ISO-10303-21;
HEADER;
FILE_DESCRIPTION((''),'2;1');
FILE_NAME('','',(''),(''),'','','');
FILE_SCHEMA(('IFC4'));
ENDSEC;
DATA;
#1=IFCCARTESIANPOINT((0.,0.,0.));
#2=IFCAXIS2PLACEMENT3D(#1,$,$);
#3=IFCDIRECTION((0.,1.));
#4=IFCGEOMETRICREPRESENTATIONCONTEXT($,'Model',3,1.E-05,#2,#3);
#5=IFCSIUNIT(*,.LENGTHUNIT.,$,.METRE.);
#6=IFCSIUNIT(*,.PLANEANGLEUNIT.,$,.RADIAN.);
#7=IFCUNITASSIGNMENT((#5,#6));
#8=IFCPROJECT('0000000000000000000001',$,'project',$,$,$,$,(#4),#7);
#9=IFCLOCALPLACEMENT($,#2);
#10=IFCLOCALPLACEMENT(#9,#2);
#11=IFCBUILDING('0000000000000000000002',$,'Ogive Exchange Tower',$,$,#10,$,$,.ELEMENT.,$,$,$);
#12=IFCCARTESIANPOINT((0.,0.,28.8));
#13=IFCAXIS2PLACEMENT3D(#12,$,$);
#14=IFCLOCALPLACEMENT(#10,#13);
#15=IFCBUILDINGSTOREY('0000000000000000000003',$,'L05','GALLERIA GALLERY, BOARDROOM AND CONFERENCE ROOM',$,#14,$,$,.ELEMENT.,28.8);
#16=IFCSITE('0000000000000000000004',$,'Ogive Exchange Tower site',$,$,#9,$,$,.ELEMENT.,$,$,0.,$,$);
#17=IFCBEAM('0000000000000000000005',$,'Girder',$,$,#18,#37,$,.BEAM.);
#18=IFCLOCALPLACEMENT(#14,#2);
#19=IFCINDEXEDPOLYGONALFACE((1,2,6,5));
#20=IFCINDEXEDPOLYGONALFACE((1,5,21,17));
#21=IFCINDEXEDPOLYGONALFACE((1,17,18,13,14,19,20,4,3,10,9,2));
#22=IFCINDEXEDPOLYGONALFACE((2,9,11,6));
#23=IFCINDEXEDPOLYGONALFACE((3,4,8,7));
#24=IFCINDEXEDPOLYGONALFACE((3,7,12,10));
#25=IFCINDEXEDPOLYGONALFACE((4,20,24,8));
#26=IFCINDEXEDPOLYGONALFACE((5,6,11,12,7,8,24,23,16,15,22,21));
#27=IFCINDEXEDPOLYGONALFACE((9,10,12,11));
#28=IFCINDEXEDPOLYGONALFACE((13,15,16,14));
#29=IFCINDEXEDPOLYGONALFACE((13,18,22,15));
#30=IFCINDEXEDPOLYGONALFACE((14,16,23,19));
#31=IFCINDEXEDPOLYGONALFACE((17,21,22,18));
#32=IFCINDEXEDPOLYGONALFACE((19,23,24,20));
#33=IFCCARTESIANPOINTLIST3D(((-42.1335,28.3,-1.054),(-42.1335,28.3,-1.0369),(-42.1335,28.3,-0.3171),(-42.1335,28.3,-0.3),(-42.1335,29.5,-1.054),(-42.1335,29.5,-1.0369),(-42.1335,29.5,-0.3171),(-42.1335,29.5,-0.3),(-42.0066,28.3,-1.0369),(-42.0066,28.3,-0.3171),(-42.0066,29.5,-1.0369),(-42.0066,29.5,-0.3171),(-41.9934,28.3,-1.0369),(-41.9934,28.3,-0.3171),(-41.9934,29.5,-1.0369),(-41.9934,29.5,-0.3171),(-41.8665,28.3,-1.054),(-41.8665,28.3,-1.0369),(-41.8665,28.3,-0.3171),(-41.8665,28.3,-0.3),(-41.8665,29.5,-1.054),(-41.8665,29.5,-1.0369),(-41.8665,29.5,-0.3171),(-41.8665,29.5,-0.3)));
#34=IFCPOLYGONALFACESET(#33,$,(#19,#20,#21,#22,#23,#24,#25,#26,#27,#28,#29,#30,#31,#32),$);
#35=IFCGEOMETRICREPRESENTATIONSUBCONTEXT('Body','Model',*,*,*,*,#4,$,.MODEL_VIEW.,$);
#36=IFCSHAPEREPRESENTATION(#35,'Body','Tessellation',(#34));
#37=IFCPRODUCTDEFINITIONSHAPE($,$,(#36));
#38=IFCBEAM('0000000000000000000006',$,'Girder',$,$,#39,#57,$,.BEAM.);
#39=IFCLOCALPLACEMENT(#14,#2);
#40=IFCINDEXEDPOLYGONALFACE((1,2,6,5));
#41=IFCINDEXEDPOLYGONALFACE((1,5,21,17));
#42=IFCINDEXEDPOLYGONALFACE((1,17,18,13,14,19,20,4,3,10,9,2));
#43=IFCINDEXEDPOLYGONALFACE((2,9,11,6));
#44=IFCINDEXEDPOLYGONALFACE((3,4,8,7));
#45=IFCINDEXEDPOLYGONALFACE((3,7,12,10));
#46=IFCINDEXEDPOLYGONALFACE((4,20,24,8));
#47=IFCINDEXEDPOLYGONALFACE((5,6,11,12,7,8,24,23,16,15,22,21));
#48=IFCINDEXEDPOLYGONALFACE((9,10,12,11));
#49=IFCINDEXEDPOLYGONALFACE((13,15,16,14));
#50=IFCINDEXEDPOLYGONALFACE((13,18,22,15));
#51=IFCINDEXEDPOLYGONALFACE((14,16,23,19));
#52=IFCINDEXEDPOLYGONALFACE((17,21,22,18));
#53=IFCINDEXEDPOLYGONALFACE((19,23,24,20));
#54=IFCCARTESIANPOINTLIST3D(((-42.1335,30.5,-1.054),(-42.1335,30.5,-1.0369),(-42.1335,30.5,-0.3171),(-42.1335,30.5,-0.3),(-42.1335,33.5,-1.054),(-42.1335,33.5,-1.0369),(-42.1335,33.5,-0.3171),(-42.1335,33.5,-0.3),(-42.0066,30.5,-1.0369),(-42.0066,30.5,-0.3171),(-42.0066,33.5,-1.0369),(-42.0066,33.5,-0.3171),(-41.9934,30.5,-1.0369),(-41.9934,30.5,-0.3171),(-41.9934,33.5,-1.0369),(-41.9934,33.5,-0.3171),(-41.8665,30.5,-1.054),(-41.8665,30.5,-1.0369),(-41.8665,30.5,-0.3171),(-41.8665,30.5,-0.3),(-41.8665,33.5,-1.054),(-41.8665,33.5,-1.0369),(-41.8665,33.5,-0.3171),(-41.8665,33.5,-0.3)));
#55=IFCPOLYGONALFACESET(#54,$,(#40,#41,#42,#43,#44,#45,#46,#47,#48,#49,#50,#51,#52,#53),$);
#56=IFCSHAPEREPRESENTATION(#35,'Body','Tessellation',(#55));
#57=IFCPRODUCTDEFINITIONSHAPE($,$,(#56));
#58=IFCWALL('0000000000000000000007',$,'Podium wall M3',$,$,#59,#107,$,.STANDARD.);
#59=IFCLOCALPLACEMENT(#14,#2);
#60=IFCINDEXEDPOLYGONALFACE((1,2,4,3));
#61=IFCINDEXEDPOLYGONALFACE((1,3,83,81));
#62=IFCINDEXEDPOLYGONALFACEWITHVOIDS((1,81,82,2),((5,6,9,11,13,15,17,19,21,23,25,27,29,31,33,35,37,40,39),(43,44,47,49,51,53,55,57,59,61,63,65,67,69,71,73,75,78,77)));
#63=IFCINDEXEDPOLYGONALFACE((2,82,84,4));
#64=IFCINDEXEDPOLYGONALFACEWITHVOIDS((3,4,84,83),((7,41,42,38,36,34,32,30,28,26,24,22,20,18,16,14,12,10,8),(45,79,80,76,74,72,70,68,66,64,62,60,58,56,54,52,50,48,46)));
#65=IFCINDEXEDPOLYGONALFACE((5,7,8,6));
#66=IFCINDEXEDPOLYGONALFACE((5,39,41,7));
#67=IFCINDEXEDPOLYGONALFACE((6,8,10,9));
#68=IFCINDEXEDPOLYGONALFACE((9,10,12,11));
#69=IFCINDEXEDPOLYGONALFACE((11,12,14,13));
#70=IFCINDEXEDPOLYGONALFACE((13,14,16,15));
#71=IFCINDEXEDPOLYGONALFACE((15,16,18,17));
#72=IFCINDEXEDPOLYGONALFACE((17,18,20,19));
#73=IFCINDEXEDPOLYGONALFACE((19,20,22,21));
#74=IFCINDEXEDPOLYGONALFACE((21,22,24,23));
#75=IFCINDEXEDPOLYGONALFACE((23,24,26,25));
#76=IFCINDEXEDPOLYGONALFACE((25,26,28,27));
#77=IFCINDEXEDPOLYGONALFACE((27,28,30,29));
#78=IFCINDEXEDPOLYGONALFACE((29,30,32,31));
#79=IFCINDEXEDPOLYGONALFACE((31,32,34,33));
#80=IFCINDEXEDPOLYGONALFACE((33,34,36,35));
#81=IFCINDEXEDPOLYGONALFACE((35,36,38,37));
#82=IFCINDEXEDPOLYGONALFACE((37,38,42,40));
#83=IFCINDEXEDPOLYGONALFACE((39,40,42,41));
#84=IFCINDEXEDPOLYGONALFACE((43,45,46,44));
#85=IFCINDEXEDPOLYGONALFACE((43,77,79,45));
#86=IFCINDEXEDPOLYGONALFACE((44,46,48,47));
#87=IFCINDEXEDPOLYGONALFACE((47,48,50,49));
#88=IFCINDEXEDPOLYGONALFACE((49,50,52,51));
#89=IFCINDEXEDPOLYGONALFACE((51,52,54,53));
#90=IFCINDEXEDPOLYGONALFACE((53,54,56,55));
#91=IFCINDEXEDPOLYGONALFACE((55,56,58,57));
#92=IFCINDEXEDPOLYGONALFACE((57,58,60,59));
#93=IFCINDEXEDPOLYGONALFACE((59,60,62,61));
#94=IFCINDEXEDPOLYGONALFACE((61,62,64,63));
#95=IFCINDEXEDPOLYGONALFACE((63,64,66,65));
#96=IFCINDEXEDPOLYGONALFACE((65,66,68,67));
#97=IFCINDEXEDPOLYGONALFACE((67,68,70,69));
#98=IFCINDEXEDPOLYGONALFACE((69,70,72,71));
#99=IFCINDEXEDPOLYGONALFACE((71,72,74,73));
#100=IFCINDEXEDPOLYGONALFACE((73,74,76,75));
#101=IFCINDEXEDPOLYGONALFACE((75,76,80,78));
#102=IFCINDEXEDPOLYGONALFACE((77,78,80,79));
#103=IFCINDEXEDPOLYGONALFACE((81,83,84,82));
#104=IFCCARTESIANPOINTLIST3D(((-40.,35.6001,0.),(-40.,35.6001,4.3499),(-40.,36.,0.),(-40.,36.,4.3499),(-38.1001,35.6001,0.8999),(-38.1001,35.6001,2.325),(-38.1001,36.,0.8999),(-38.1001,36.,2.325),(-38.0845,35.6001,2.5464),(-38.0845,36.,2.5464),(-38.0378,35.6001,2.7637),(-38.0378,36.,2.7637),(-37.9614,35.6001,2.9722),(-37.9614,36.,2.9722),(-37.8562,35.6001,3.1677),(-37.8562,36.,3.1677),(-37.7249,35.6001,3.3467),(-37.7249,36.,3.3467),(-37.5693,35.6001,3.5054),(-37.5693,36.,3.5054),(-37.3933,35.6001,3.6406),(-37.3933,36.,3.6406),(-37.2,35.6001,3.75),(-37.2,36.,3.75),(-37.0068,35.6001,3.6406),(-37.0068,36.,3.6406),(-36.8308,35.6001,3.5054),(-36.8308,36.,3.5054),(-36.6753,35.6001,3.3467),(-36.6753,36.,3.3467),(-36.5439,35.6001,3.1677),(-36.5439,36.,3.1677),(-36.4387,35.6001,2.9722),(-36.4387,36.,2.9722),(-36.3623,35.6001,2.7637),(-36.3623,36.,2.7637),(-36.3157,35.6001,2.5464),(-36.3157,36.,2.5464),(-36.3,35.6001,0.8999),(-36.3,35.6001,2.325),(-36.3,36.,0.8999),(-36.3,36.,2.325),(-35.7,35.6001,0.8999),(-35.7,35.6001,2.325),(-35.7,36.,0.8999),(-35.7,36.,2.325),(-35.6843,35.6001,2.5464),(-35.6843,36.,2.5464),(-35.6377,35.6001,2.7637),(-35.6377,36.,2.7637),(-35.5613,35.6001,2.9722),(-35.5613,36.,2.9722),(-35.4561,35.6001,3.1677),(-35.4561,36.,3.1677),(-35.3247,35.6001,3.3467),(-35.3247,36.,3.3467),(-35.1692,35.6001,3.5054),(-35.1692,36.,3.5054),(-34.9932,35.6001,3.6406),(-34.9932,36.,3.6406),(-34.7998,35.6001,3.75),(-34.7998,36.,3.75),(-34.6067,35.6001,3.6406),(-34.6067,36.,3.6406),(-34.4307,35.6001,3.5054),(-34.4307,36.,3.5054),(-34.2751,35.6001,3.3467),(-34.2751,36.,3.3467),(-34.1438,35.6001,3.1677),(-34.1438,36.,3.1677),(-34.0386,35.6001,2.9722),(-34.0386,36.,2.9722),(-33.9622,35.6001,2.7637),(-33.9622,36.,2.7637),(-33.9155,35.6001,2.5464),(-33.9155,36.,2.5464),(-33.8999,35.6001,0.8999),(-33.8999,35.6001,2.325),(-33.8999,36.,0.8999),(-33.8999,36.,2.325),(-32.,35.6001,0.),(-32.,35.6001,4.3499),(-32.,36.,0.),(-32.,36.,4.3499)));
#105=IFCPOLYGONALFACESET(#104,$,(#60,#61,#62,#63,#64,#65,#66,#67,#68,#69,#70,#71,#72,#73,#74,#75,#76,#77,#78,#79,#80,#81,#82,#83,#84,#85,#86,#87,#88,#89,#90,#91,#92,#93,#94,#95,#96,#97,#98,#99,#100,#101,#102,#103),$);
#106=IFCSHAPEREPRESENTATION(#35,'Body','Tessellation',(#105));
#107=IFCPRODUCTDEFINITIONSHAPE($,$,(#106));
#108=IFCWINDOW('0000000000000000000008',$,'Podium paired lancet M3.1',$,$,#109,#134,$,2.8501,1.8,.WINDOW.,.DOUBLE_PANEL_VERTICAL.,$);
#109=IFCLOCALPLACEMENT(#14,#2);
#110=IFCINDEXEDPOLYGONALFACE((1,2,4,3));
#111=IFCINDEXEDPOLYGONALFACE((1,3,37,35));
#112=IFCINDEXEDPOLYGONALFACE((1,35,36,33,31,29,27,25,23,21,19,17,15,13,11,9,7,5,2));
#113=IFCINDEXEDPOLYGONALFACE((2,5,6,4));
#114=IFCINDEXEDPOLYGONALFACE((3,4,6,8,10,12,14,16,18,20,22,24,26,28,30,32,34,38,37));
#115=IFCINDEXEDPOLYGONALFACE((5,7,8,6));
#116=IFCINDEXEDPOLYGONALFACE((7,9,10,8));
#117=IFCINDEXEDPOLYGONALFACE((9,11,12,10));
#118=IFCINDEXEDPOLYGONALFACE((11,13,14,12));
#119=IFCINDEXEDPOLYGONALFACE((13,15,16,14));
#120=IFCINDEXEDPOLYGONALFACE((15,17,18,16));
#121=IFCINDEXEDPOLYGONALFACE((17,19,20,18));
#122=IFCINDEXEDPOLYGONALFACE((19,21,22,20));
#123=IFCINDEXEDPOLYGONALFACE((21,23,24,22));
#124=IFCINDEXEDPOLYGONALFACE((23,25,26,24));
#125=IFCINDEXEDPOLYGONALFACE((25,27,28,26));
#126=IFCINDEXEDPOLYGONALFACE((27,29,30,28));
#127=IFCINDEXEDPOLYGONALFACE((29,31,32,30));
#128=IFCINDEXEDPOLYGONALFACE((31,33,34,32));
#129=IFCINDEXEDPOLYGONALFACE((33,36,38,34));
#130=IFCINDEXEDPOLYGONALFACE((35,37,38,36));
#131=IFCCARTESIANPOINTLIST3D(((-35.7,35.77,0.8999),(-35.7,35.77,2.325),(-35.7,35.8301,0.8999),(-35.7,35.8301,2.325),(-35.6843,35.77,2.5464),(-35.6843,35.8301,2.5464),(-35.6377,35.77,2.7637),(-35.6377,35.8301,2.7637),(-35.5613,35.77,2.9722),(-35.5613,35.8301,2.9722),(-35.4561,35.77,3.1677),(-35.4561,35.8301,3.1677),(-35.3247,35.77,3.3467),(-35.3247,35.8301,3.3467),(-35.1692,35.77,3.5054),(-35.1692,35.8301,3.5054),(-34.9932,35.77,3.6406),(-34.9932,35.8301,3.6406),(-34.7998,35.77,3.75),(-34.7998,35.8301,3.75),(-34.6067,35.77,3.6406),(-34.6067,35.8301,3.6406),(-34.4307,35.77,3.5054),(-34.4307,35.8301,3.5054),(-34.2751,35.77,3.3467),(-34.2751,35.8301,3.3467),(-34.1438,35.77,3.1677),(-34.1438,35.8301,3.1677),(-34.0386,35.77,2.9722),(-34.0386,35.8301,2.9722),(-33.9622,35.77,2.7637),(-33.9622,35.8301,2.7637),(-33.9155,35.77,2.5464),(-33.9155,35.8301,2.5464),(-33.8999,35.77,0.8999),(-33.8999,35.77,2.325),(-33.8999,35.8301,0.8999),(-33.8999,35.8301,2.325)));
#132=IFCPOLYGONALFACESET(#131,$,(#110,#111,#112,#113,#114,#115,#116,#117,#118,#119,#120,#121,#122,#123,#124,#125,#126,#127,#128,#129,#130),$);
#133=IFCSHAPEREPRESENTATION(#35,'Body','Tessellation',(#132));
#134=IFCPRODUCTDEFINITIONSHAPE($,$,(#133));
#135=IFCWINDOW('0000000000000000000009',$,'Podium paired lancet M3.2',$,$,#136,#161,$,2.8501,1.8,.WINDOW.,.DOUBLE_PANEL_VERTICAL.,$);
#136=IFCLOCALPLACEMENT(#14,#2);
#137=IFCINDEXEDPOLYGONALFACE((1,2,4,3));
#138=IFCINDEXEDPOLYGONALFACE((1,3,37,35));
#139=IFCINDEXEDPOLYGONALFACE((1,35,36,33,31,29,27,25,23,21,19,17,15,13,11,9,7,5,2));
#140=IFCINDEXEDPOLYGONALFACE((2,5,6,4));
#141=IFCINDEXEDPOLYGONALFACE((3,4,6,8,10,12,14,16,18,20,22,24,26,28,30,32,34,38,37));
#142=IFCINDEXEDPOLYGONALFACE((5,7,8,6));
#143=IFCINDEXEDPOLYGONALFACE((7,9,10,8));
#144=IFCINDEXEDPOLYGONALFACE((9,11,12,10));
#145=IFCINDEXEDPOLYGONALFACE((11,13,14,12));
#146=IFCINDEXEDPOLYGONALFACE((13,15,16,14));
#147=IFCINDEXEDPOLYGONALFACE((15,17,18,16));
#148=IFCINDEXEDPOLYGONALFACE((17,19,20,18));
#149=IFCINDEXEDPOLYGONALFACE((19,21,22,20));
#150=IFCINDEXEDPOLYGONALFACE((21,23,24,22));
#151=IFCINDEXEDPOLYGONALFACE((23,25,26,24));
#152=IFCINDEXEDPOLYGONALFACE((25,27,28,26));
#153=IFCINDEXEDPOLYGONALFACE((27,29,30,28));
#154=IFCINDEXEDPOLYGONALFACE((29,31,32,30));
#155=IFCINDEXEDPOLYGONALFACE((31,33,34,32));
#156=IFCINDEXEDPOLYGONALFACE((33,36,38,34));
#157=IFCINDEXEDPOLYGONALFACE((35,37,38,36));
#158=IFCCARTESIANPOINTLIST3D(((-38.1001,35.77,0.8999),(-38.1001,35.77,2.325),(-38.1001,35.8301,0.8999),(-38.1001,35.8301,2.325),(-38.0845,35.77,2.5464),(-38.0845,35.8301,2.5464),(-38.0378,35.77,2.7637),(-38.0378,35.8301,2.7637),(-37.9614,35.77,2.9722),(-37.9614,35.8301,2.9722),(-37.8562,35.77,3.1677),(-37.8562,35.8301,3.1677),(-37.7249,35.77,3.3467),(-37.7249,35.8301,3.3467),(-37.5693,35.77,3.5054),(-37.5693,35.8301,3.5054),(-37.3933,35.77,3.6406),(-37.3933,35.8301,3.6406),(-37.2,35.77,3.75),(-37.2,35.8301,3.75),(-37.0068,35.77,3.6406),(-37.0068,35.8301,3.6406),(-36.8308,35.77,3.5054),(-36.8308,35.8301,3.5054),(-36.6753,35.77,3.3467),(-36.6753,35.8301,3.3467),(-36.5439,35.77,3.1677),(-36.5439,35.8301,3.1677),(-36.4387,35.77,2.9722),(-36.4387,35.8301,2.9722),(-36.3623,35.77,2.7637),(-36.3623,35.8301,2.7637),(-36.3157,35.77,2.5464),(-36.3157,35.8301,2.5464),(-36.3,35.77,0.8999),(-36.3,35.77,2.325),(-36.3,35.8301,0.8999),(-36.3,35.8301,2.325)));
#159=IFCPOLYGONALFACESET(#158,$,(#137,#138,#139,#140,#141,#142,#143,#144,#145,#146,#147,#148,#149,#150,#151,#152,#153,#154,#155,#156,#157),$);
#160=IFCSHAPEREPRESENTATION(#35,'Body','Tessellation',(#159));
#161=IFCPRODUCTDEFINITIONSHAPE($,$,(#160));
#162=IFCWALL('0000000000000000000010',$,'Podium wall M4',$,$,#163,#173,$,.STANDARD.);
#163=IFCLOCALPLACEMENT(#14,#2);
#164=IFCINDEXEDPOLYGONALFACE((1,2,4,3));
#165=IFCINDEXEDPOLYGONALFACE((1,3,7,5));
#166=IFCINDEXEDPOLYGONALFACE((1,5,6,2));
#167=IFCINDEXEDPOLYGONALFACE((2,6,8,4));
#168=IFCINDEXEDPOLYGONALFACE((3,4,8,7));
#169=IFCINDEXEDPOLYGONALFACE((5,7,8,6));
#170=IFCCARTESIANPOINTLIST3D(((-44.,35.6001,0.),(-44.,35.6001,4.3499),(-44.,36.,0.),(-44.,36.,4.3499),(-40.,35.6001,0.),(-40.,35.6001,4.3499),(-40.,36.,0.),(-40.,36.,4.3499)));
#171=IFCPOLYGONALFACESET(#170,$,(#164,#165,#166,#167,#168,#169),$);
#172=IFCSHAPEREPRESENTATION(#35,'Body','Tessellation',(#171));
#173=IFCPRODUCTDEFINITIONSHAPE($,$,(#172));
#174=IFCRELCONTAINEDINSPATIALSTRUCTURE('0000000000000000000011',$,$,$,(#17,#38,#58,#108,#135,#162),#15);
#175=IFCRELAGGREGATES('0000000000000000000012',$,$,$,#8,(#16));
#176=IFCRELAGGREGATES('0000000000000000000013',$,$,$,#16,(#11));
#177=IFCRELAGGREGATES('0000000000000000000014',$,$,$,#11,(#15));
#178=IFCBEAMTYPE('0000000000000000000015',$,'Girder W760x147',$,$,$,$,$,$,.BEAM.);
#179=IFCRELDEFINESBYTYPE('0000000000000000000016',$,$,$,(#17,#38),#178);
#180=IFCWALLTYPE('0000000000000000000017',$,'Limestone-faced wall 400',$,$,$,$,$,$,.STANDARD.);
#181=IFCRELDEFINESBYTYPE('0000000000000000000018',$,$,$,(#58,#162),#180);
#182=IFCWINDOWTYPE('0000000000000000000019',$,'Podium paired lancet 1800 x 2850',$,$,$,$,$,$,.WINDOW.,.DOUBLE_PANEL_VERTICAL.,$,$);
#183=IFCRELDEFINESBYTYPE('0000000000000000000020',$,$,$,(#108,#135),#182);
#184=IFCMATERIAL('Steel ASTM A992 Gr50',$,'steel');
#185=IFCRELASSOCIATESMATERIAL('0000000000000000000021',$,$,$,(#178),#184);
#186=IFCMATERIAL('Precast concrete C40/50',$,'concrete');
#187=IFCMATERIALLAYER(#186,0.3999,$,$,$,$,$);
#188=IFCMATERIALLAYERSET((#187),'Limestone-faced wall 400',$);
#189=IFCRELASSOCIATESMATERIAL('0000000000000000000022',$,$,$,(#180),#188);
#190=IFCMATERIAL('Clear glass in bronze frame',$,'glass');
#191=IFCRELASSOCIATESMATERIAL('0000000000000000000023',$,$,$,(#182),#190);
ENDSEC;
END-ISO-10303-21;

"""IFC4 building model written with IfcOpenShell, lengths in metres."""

from ifc_helpers import new_model, si_unit, direction, frame, frame_2d, origin, origin_2d, place, context, subcontext, project, spatial, polyline, rectangle, i_section, outline, extrude, material, layer, layer_set, material_profile, profile_set, type_object, element, fill, save


model = new_model("IFC4")

# Units and contexts
model_context = context("Model", 3, precision=1e-05, world=origin(), true_north=direction((0.0, 1.0)))
body_context = subcontext(model_context, "Body", "Model", "MODEL_VIEW")
ifc_project = project(units=[si_unit("LENGTHUNIT", "METRE"), si_unit("PLANEANGLEUNIT", "RADIAN")], contexts=[model_context])

# Site, building, storey
site_placement = place(None, origin())
site = spatial("IfcSite", under=ifc_project, at=site_placement, Name="Ogive Exchange Tower site", CompositionType="ELEMENT", RefElevation=0.0)
building_placement = place(site_placement, origin())
building = spatial("IfcBuilding", under=site, at=building_placement, Name="Ogive Exchange Tower", CompositionType="ELEMENT")
storey_placement = place(building_placement, frame((0.0, 0.0, 28.8)))
storey = spatial("IfcBuildingStorey", under=building, at=storey_placement, Name="L05", Description="GALLERIA GALLERY, BOARDROOM AND CONFERENCE ROOM", CompositionType="ELEMENT", Elevation=28.8)

# Beams
ifc_material_1 = material(Name="Steel ASTM A992 Gr50", Category="steel")
ifc_material_profile_1 = material_profile(ifc_material_1, i_section(OverallWidth=0.2671, OverallDepth=0.7539, WebThickness=0.0132, FlangeThickness=0.0171, at=origin_2d()), Name="W760x147")
ifc_profile_set_1 = profile_set([ifc_material_profile_1], Name="Steel ASTM A992 Gr50")
beam_type_1 = type_object("IfcBeamType", Name="Girder W760x147", PredefinedType="BEAM", material=ifc_profile_set_1)
beam_1_placement = place(storey_placement, frame((-42.0, 28.3, -0.677), z_axis=(0.0, 1.0, 0.0), x_axis=(-1.0, 0.0, 0.0)))
element("IfcBeam", 1, at=beam_1_placement, inside=storey, type_object=beam_type_1, Name="Girder", PredefinedType="BEAM", context=body_context, shape_type="SweptSolid", body=[
    extrude(i_section(OverallWidth=0.2671, OverallDepth=0.7539, WebThickness=0.0132, FlangeThickness=0.0171, at=origin_2d()), origin(), (0.0, 0.0, 1.0), 1.2),
])
beam_2_placement = place(storey_placement, frame((-42.0, 30.5, -0.677), z_axis=(0.0, 1.0, 0.0), x_axis=(-1.0, 0.0, 0.0)))
element("IfcBeam", 2, at=beam_2_placement, inside=storey, type_object=beam_type_1, Name="Girder", PredefinedType="BEAM", context=body_context, shape_type="SweptSolid", body=[
    extrude(i_section(OverallWidth=0.2671, OverallDepth=0.7539, WebThickness=0.0132, FlangeThickness=0.0171, at=origin_2d()), origin(), (0.0, 0.0, 1.0), 3.0),
])

# Wall, openings, windows
ifc_material_2 = material(Name="Precast concrete C40/50", Category="concrete")
ifc_layer_1 = layer(ifc_material_2, 0.3999)
ifc_layer_set_1 = layer_set([ifc_layer_1], Name="Limestone-faced wall 400")
wall_type_1 = type_object("IfcWallType", Name="Limestone-faced wall 400", PredefinedType="STANDARD", material=ifc_layer_set_1)
wall_1_placement = place(storey_placement, frame((-32.0, 35.8, 0.0), z_axis=(0.0, 0.0, 1.0), x_axis=(-1.0, 0.0, 0.0)))
wall_1 = element("IfcWall", 3, at=wall_1_placement, inside=storey, type_object=wall_type_1, Name="Podium wall M3", PredefinedType="STANDARD", context=body_context, shape_type="SweptSolid", body=[
    extrude(rectangle(XDim=8.0, YDim=0.3999, at=frame_2d((4.0, 0.0))), origin(), (0.0, 0.0, 1.0), 4.3499),
])
opening_1_placement = place(wall_1_placement, frame((1.8999, 0.0, 0.8999)))
opening_1 = element("IfcOpeningElement", 4, at=opening_1_placement, cuts=wall_1, PredefinedType="OPENING", context=body_context, shape_type="SweptSolid", body=[
    extrude(outline(polyline([(0.0, 0.0), (1.8, 0.0), (1.8, 1.425), (1.7844, 1.6465), (1.7378, 1.8638), (1.6614, 2.0723), (1.5562, 2.2678), (1.4248, 2.4468), (1.2693, 2.6055), (1.0933, 2.7407), (0.8999, 2.8501), (0.7068, 2.7407), (0.5308, 2.6055), (0.3752, 2.4468), (0.2439, 2.2678), (0.1387, 2.0723), (0.0623, 1.8638), (0.0156, 1.6465), (0.0, 1.425), (0.0, 0.0)])), frame((0.0, 0.21, 0.0), z_axis=(0.0, -1.0, 0.0), x_axis=(1.0, 0.0, 0.0)), (0.0, 0.0, 1.0), 0.4199),
])
opening_2_placement = place(wall_1_placement, frame((4.3, 0.0, 0.8999)))
opening_2 = element("IfcOpeningElement", 5, at=opening_2_placement, cuts=wall_1, PredefinedType="OPENING", context=body_context, shape_type="SweptSolid", body=[
    extrude(outline(polyline([(0.0, 0.0), (1.8, 0.0), (1.8, 1.425), (1.7844, 1.6465), (1.7378, 1.8638), (1.6614, 2.0723), (1.5562, 2.2678), (1.4248, 2.4468), (1.2693, 2.6055), (1.0933, 2.7407), (0.8999, 2.8501), (0.7068, 2.7407), (0.5308, 2.6055), (0.3752, 2.4468), (0.2439, 2.2678), (0.1387, 2.0723), (0.0623, 1.8638), (0.0156, 1.6465), (0.0, 1.425), (0.0, 0.0)])), frame((0.0, 0.21, 0.0), z_axis=(0.0, -1.0, 0.0), x_axis=(1.0, 0.0, 0.0)), (0.0, 0.0, 1.0), 0.4199),
])
ifc_material_3 = material(Name="Clear glass in bronze frame", Category="glass")
window_type_1 = type_object("IfcWindowType", Name="Podium paired lancet 1800 x 2850", PartitioningType="DOUBLE_PANEL_VERTICAL", PredefinedType="WINDOW", material=ifc_material_3)
window_1_placement = place(opening_1_placement, origin())
window_1 = element("IfcWindow", 6, at=window_1_placement, inside=storey, type_object=window_type_1, Name="Podium paired lancet M3.1", OverallHeight=2.8501, OverallWidth=1.8, PartitioningType="DOUBLE_PANEL_VERTICAL", PredefinedType="WINDOW", context=body_context, shape_type="SweptSolid", body=[
    extrude(outline(polyline([(0.0, 0.0), (1.8, 0.0), (1.8, 1.425), (1.7844, 1.6465), (1.7378, 1.8638), (1.6614, 2.0723), (1.5562, 2.2678), (1.4248, 2.4468), (1.2693, 2.6055), (1.0933, 2.7407), (0.8999, 2.8501), (0.7068, 2.7407), (0.5308, 2.6055), (0.3752, 2.4468), (0.2439, 2.2678), (0.1387, 2.0723), (0.0623, 1.8638), (0.0156, 1.6465), (0.0, 1.425), (0.0, 0.0)])), frame((0.0, 0.03, 0.0), z_axis=(0.0, -1.0, 0.0), x_axis=(1.0, 0.0, 0.0)), (0.0, 0.0, 1.0), 0.0601),
])
fill(opening_1, window_1)
window_2_placement = place(opening_2_placement, origin())
window_2 = element("IfcWindow", 7, at=window_2_placement, inside=storey, type_object=window_type_1, Name="Podium paired lancet M3.2", OverallHeight=2.8501, OverallWidth=1.8, PartitioningType="DOUBLE_PANEL_VERTICAL", PredefinedType="WINDOW", context=body_context, shape_type="SweptSolid", body=[
    extrude(outline(polyline([(0.0, 0.0), (1.8, 0.0), (1.8, 1.425), (1.7844, 1.6465), (1.7378, 1.8638), (1.6614, 2.0723), (1.5562, 2.2678), (1.4248, 2.4468), (1.2693, 2.6055), (1.0933, 2.7407), (0.8999, 2.8501), (0.7068, 2.7407), (0.5308, 2.6055), (0.3752, 2.4468), (0.2439, 2.2678), (0.1387, 2.0723), (0.0623, 1.8638), (0.0156, 1.6465), (0.0, 1.425), (0.0, 0.0)])), frame((0.0, 0.03, 0.0), z_axis=(0.0, -1.0, 0.0), x_axis=(1.0, 0.0, 0.0)), (0.0, 0.0, 1.0), 0.0601),
])
fill(opening_2, window_2)

# Wall
wall_2_placement = place(storey_placement, frame((-40.0, 35.8, 0.0), z_axis=(0.0, 0.0, 1.0), x_axis=(-1.0, 0.0, 0.0)))
element("IfcWall", 8, at=wall_2_placement, inside=storey, type_object=wall_type_1, Name="Podium wall M4", PredefinedType="STANDARD", context=body_context, shape_type="SweptSolid", body=[
    extrude(rectangle(XDim=4.0, YDim=0.3999, at=frame_2d((2.0, 0.0))), origin(), (0.0, 0.0, 1.0), 4.3499),
])

save(model, "model.ifc")
